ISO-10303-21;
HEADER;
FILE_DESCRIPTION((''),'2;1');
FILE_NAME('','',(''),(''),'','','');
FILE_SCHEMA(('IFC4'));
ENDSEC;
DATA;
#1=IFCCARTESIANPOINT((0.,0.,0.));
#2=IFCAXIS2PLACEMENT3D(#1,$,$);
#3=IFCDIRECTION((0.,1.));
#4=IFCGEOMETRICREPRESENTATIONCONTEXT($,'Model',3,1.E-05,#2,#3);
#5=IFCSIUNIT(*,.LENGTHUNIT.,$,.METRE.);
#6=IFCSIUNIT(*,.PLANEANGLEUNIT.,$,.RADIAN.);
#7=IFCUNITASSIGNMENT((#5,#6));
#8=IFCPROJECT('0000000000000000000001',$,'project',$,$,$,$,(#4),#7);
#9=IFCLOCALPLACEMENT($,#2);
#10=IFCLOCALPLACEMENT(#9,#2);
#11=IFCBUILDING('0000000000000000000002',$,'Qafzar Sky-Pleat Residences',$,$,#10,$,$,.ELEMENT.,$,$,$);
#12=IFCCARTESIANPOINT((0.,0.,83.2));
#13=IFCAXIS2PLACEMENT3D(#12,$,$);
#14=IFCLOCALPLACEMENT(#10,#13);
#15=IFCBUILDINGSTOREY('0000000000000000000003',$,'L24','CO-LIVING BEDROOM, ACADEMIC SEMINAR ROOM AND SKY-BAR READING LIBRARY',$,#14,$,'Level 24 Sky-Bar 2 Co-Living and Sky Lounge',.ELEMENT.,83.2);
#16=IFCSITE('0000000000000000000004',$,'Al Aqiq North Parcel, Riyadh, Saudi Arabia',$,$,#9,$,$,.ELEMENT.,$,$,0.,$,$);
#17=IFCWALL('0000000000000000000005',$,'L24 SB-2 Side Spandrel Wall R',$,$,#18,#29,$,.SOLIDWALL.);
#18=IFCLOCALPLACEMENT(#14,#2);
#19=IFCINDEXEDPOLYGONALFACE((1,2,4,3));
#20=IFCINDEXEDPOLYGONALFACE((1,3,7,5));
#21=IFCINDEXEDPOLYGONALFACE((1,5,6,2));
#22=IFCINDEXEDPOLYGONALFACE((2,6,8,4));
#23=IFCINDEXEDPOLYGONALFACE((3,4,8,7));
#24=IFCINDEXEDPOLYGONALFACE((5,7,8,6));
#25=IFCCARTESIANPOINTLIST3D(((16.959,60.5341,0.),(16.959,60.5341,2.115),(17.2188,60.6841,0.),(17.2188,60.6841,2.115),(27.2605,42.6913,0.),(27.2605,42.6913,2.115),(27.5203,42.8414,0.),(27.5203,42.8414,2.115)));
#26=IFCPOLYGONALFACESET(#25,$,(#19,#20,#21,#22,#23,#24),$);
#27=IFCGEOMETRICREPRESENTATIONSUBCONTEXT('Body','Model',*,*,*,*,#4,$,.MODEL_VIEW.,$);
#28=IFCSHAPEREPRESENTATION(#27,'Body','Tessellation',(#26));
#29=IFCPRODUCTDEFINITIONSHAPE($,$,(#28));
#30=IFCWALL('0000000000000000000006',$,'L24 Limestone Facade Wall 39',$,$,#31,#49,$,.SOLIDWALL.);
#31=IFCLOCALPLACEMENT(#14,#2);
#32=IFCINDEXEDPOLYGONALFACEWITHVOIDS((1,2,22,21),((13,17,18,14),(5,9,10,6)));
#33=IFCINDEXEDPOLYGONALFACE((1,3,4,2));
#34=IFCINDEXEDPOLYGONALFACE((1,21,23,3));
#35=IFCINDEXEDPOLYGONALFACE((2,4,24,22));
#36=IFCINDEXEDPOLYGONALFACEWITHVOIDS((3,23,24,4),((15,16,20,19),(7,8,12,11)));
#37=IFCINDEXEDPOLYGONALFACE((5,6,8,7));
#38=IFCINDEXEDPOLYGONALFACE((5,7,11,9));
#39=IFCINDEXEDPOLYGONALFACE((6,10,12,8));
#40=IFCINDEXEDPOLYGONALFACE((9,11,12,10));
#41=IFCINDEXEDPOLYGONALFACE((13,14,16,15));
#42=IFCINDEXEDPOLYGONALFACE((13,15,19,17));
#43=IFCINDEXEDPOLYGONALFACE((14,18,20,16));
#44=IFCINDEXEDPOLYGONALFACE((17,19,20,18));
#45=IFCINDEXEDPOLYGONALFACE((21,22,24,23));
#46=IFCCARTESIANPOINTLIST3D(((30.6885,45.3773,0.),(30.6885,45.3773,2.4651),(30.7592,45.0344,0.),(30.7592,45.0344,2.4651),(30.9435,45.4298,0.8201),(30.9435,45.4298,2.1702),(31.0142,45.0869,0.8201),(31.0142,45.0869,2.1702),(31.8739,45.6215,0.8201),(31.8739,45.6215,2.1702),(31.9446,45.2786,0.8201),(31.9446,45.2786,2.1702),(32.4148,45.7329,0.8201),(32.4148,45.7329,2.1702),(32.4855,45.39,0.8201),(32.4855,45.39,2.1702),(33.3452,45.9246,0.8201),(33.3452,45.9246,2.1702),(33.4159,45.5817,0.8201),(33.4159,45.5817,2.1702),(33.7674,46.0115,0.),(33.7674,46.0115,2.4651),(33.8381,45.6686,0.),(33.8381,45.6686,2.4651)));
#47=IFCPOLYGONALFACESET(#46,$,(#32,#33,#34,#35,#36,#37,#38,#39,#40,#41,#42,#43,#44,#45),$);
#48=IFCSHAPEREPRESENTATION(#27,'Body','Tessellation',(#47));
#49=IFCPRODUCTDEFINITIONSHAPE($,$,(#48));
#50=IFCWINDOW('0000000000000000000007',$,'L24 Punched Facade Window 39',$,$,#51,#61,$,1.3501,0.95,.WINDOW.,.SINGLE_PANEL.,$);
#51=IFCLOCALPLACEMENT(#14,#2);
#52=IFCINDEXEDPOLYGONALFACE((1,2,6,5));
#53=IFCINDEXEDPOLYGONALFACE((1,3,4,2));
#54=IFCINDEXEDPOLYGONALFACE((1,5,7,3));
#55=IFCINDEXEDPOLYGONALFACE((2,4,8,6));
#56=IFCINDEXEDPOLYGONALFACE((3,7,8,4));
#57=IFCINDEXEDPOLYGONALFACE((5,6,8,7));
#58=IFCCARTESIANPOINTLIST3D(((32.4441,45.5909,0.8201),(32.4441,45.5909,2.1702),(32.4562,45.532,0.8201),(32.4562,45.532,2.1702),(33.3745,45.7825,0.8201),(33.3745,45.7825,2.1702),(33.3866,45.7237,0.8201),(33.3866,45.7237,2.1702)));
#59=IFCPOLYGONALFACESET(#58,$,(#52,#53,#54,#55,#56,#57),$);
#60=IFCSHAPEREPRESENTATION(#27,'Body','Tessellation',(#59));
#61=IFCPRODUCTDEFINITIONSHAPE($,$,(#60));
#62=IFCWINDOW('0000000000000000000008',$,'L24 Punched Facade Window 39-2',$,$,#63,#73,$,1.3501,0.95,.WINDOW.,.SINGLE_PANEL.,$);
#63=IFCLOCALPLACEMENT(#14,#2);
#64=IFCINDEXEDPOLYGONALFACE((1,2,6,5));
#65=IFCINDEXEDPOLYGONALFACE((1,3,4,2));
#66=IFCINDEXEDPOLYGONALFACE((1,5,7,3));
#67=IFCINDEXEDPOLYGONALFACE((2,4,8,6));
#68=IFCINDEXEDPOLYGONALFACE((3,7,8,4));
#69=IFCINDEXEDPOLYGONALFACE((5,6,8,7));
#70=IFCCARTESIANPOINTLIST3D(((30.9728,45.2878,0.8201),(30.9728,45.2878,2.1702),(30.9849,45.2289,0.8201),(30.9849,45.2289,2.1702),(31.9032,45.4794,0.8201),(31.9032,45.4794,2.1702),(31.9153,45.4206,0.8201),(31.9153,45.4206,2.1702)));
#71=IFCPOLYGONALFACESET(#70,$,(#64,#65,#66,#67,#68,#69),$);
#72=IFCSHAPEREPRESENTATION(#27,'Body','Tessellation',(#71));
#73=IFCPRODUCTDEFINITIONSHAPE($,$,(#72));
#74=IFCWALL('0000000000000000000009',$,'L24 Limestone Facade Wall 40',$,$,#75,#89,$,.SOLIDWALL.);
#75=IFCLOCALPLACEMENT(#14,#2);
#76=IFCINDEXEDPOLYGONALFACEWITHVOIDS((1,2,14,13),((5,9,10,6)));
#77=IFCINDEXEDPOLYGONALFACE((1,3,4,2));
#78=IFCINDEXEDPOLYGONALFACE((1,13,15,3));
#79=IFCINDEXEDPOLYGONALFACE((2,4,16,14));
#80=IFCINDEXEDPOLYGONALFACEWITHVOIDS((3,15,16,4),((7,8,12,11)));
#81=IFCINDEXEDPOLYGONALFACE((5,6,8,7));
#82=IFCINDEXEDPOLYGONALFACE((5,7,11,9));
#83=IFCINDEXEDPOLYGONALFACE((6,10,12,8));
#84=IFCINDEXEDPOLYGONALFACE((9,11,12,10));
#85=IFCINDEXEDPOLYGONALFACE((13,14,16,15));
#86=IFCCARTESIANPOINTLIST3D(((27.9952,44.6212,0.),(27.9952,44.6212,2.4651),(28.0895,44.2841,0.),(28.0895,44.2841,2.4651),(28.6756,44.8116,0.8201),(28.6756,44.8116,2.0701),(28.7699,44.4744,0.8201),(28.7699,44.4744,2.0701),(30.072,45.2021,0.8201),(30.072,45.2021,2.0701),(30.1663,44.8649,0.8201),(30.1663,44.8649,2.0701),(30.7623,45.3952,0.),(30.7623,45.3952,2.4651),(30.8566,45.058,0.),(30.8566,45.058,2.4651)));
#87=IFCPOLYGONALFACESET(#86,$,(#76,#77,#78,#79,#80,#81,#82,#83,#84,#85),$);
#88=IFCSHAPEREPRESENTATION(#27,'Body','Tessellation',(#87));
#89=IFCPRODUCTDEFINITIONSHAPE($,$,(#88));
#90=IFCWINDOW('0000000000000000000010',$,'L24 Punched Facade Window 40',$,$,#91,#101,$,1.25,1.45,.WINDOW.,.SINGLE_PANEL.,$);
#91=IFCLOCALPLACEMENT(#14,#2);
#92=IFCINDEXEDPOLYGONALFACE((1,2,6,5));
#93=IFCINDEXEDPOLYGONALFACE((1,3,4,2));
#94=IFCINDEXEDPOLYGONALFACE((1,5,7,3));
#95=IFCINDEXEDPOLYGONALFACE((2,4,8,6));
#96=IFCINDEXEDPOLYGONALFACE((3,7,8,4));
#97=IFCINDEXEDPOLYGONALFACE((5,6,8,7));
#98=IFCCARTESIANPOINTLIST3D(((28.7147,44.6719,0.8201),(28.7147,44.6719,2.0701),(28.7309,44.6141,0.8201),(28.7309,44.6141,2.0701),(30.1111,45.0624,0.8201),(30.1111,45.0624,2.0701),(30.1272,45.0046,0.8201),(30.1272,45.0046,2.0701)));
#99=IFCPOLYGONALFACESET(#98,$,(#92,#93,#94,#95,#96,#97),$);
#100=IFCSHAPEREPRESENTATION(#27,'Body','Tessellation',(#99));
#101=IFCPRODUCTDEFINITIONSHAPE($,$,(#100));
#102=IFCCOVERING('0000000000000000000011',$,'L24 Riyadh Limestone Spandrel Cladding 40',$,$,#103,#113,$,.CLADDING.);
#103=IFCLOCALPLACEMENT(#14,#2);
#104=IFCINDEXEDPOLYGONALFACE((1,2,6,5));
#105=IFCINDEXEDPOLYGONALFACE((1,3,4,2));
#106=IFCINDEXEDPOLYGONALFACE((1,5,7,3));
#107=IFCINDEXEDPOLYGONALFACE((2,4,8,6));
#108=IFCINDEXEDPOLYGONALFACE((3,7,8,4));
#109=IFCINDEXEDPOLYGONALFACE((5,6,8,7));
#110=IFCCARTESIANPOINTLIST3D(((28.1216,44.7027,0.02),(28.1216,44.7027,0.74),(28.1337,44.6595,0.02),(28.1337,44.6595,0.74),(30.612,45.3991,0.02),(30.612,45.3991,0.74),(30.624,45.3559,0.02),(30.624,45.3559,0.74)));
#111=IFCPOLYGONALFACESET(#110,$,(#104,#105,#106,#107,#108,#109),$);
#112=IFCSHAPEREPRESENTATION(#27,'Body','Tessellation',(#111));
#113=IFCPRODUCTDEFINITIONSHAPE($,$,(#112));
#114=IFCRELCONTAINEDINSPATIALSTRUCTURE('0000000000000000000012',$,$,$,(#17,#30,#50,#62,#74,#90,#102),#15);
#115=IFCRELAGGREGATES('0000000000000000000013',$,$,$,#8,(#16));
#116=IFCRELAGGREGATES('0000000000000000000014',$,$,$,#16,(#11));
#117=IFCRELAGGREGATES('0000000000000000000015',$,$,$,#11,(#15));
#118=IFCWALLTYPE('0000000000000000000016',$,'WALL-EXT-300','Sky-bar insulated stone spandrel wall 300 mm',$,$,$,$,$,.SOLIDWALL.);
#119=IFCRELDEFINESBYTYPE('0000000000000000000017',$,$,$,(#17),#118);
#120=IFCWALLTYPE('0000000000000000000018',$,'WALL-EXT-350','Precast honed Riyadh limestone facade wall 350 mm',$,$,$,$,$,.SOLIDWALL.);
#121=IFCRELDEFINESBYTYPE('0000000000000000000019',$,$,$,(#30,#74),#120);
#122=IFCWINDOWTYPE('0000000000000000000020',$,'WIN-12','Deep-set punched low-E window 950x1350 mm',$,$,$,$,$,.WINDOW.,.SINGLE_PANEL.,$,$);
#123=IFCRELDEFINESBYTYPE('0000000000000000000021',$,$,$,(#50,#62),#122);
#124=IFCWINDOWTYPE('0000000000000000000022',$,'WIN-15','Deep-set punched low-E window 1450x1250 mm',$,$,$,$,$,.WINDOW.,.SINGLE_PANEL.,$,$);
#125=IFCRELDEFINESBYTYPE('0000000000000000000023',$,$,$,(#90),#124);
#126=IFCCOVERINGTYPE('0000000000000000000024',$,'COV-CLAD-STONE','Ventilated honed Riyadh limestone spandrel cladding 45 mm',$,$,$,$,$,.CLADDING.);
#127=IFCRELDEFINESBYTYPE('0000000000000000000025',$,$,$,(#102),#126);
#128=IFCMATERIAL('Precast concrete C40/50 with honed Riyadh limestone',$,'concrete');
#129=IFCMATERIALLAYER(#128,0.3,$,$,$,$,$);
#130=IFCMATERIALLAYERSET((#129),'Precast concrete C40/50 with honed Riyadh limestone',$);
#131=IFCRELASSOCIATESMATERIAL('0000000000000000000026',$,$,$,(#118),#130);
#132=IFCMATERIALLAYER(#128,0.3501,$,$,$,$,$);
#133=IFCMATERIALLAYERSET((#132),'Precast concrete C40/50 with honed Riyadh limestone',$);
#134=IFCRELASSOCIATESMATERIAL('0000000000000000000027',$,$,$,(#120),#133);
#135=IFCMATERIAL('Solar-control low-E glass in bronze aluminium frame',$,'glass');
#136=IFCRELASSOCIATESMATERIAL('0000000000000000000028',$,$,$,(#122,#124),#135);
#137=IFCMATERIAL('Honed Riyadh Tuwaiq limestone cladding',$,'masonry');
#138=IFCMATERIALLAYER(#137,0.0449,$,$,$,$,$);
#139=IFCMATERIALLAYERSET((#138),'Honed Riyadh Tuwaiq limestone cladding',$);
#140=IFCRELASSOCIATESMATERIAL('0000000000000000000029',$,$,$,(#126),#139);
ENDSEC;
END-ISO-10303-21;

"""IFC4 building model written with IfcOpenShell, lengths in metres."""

from ifc_helpers import new_model, si_unit, direction, frame, frame_2d, origin, origin_2d, place, context, subcontext, project, spatial, rectangle, extrude, source, transform, mapped, material, layer, layer_set, type_object, element, fill, save


model = new_model("IFC4")

# Units and contexts
model_context = context("Model", 3, precision=1e-05, world=origin(), true_north=direction((0.0, 1.0)))
body_context = subcontext(model_context, "Body", "Model", "MODEL_VIEW")
ifc_project = project(units=[si_unit("LENGTHUNIT", "METRE"), si_unit("PLANEANGLEUNIT", "RADIAN")], contexts=[model_context])

# Site, building, storey
site_placement = place(None, origin())
site = spatial("IfcSite", under=ifc_project, at=site_placement, Name="Al Aqiq North Parcel, Riyadh, Saudi Arabia", CompositionType="ELEMENT", RefElevation=0.0)
building_placement = place(site_placement, origin())
building = spatial("IfcBuilding", under=site, at=building_placement, Name="Qafzar Sky-Pleat Residences", CompositionType="ELEMENT")
storey_placement = place(building_placement, frame((0.0, 0.0, 83.2)))
storey = spatial("IfcBuildingStorey", under=building, at=storey_placement, Name="L24", Description="CO-LIVING BEDROOM, ACADEMIC SEMINAR ROOM AND SKY-BAR READING LIBRARY", LongName="Level 24 Sky-Bar 2 Co-Living and Sky Lounge", CompositionType="ELEMENT", Elevation=83.2)

# Wall
ifc_material_1 = material(Name="Precast concrete C40/50 with honed Riyadh limestone", Category="concrete")
ifc_layer_1 = layer(ifc_material_1, 0.3)
ifc_layer_set_1 = layer_set([ifc_layer_1], Name="Precast concrete C40/50 with honed Riyadh limestone")
wall_type_1 = type_object("IfcWallType", Name="WALL-EXT-300", Description="Sky-bar insulated stone spandrel wall 300 mm", PredefinedType="SOLIDWALL", material=ifc_layer_set_1)
wall_1_placement = place(storey_placement, frame((27.3904, 42.7664, 0.0), z_axis=(0.0, 0.0, 1.0), x_axis=(-0.499999, 0.866026, 0.0)))
element("IfcWall", 1, at=wall_1_placement, inside=storey, type_object=wall_type_1, Name="L24 SB-2 Side Spandrel Wall R", PredefinedType="SOLIDWALL", context=body_context, shape_type="SweptSolid", body=[
    extrude(rectangle(XDim=20.603, YDim=0.3, at=frame_2d((10.3015, 0.0))), origin(), (0.0, 0.0, 1.0), 2.115),
])

# Wall, openings, windows
ifc_layer_2 = layer(ifc_material_1, 0.3501)
ifc_layer_set_2 = layer_set([ifc_layer_2], Name="Precast concrete C40/50 with honed Riyadh limestone")
wall_type_2 = type_object("IfcWallType", Name="WALL-EXT-350", Description="Precast honed Riyadh limestone facade wall 350 mm", PredefinedType="SOLIDWALL", material=ifc_layer_set_2)
wall_2_placement = place(storey_placement, frame((33.8027, 45.8401, 0.0), z_axis=(0.0, 0.0, 1.0), x_axis=(-0.979432, -0.201773, 0.0)))
wall_2 = element("IfcWall", 2, at=wall_2_placement, inside=storey, type_object=wall_type_2, Name="L24 Limestone Facade Wall 39", PredefinedType="SOLIDWALL", context=body_context, shape_type="SweptSolid", body=[
    extrude(rectangle(XDim=3.1436, YDim=0.3501, at=frame_2d((1.5718, 0.0))), origin(), (0.0, 0.0, 1.0), 2.4651),
])
opening_1_placement = place(wall_2_placement, frame((0.4309, 0.0, 0.8201)))
opening_1 = element("IfcOpeningElement", 3, at=opening_1_placement, cuts=wall_2, PredefinedType="OPENING", context=body_context, shape_type="SweptSolid", body=[
    extrude(rectangle(XDim=0.95, YDim=1.3501, at=frame_2d((0.4751, 0.675))), frame((0.0, 0.1851, 0.0), z_axis=(0.0, -1.0, 0.0), x_axis=(1.0, 0.0, 0.0)), (0.0, 0.0, 1.0), 0.3701),
])
opening_2_placement = place(wall_2_placement, frame((1.9331, 0.0, 0.8201)))
opening_2 = element("IfcOpeningElement", 4, at=opening_2_placement, cuts=wall_2, PredefinedType="OPENING", context=body_context, shape_type="SweptSolid", body=[
    extrude(rectangle(XDim=0.95, YDim=1.3501, at=frame_2d((0.4751, 0.675))), frame((0.0, 0.1851, 0.0), z_axis=(0.0, -1.0, 0.0), x_axis=(1.0, 0.0, 0.0)), (0.0, 0.0, 1.0), 0.3701),
])
ifc_material_2 = material(Name="Solar-control low-E glass in bronze aluminium frame", Category="glass")
window_type_1 = type_object("IfcWindowType", Name="WIN-12", Description="Deep-set punched low-E window 950x1350 mm", PartitioningType="SINGLE_PANEL", PredefinedType="WINDOW", material=ifc_material_2)
shared_shape_1 = source(origin(), body_context, "Body", "SweptSolid", [
    extrude(rectangle(XDim=0.95, YDim=1.3501, at=frame_2d((0.4751, 0.675))), frame((0.0, 0.03, 0.0), z_axis=(0.0, -1.0, 0.0), x_axis=(1.0, 0.0, 0.0)), (0.0, 0.0, 1.0), 0.0601),
])
window_1_placement = place(opening_1_placement, origin())
window_1 = element("IfcWindow", 5, at=window_1_placement, inside=storey, type_object=window_type_1, Name="L24 Punched Facade Window 39", OverallHeight=1.3501, OverallWidth=0.95, PartitioningType="SINGLE_PANEL", PredefinedType="WINDOW", context=body_context, shape_type="MappedRepresentation", body=[
    mapped(shared_shape_1, transform((0.0, 0.0, 0.0), x_axis=(1.0, 0.0, 0.0), y_axis=(0.0, 1.0, 0.0), z_axis=(0.0, 0.0, 1.0), scale=1.0)),
])
fill(opening_1, window_1)
window_2_placement = place(opening_2_placement, origin())
window_2 = element("IfcWindow", 6, at=window_2_placement, inside=storey, type_object=window_type_1, Name="L24 Punched Facade Window 39-2", OverallHeight=1.3501, OverallWidth=0.95, PartitioningType="SINGLE_PANEL", PredefinedType="WINDOW", context=body_context, shape_type="MappedRepresentation", body=[
    mapped(shared_shape_1, transform((0.0, 0.0, 0.0), x_axis=(1.0, 0.0, 0.0), y_axis=(0.0, 1.0, 0.0), z_axis=(0.0, 0.0, 1.0), scale=1.0)),
])
fill(opening_2, window_2)

# Wall, opening, window
wall_3_placement = place(storey_placement, frame((30.8093, 45.2266, 0.0), z_axis=(0.0, 0.0, 1.0), x_axis=(-0.963042, -0.269353, 0.0)))
wall_3 = element("IfcWall", 7, at=wall_3_placement, inside=storey, type_object=wall_type_2, Name="L24 Limestone Facade Wall 40", PredefinedType="SOLIDWALL", context=body_context, shape_type="SweptSolid", body=[
    extrude(rectangle(XDim=2.8733, YDim=0.3501, at=frame_2d((1.4365, 0.0))), origin(), (0.0, 0.0, 1.0), 2.4651),
])
opening_3_placement = place(wall_3_placement, frame((0.7166, 0.0, 0.8201)))
opening_3 = element("IfcOpeningElement", 8, at=opening_3_placement, cuts=wall_3, PredefinedType="OPENING", context=body_context, shape_type="SweptSolid", body=[
    extrude(rectangle(XDim=1.45, YDim=1.25, at=frame_2d((0.7251, 0.625))), frame((0.0, 0.1851, 0.0), z_axis=(0.0, -1.0, 0.0), x_axis=(1.0, 0.0, 0.0)), (0.0, 0.0, 1.0), 0.3701),
])
window_type_2 = type_object("IfcWindowType", Name="WIN-15", Description="Deep-set punched low-E window 1450x1250 mm", PartitioningType="SINGLE_PANEL", PredefinedType="WINDOW", material=ifc_material_2)
shared_shape_2 = source(origin(), body_context, "Body", "SweptSolid", [
    extrude(rectangle(XDim=1.45, YDim=1.25, at=frame_2d((0.7251, 0.625))), frame((0.0, 0.03, 0.0), z_axis=(0.0, -1.0, 0.0), x_axis=(1.0, 0.0, 0.0)), (0.0, 0.0, 1.0), 0.0601),
])
window_3_placement = place(opening_3_placement, origin())
window_3 = element("IfcWindow", 9, at=window_3_placement, inside=storey, type_object=window_type_2, Name="L24 Punched Facade Window 40", OverallHeight=1.25, OverallWidth=1.45, PartitioningType="SINGLE_PANEL", PredefinedType="WINDOW", context=body_context, shape_type="MappedRepresentation", body=[
    mapped(shared_shape_2, transform((0.0, 0.0, 0.0), x_axis=(1.0, 0.0, 0.0), y_axis=(0.0, 1.0, 0.0), z_axis=(0.0, 0.0, 1.0), scale=1.0)),
])
fill(opening_3, window_3)

# Covering
ifc_material_3 = material(Name="Honed Riyadh Tuwaiq limestone cladding", Category="masonry")
ifc_layer_3 = layer(ifc_material_3, 0.0449)
ifc_layer_set_3 = layer_set([ifc_layer_3], Name="Honed Riyadh Tuwaiq limestone cladding")
covering_type = type_object("IfcCoveringType", Name="COV-CLAD-STONE", Description="Ventilated honed Riyadh limestone spandrel cladding 45 mm", PredefinedType="CLADDING", material=ifc_layer_set_3)
shared_shape_3 = source(origin(), body_context, "Body", "SweptSolid", [
    extrude(rectangle(XDim=2.5859, YDim=0.0449, at=origin_2d()), origin(), (0.0, 0.0, 1.0), 0.72),
])
covering_placement = place(storey_placement, frame((29.3728, 45.0293, 0.02), z_axis=(0.0, 0.0, 1.0), x_axis=(-0.963053, -0.269311, 0.0)))
element("IfcCovering", 10, at=covering_placement, inside=storey, type_object=covering_type, Name="L24 Riyadh Limestone Spandrel Cladding 40", PredefinedType="CLADDING", context=body_context, shape_type="MappedRepresentation", body=[
    mapped(shared_shape_3, transform((0.0, 0.0, 0.0), x_axis=(1.0, 0.0, 0.0), y_axis=(0.0, 1.0, 0.0), z_axis=(0.0, 0.0, 1.0), scale=1.0)),
])

save(model, "model.ifc")
